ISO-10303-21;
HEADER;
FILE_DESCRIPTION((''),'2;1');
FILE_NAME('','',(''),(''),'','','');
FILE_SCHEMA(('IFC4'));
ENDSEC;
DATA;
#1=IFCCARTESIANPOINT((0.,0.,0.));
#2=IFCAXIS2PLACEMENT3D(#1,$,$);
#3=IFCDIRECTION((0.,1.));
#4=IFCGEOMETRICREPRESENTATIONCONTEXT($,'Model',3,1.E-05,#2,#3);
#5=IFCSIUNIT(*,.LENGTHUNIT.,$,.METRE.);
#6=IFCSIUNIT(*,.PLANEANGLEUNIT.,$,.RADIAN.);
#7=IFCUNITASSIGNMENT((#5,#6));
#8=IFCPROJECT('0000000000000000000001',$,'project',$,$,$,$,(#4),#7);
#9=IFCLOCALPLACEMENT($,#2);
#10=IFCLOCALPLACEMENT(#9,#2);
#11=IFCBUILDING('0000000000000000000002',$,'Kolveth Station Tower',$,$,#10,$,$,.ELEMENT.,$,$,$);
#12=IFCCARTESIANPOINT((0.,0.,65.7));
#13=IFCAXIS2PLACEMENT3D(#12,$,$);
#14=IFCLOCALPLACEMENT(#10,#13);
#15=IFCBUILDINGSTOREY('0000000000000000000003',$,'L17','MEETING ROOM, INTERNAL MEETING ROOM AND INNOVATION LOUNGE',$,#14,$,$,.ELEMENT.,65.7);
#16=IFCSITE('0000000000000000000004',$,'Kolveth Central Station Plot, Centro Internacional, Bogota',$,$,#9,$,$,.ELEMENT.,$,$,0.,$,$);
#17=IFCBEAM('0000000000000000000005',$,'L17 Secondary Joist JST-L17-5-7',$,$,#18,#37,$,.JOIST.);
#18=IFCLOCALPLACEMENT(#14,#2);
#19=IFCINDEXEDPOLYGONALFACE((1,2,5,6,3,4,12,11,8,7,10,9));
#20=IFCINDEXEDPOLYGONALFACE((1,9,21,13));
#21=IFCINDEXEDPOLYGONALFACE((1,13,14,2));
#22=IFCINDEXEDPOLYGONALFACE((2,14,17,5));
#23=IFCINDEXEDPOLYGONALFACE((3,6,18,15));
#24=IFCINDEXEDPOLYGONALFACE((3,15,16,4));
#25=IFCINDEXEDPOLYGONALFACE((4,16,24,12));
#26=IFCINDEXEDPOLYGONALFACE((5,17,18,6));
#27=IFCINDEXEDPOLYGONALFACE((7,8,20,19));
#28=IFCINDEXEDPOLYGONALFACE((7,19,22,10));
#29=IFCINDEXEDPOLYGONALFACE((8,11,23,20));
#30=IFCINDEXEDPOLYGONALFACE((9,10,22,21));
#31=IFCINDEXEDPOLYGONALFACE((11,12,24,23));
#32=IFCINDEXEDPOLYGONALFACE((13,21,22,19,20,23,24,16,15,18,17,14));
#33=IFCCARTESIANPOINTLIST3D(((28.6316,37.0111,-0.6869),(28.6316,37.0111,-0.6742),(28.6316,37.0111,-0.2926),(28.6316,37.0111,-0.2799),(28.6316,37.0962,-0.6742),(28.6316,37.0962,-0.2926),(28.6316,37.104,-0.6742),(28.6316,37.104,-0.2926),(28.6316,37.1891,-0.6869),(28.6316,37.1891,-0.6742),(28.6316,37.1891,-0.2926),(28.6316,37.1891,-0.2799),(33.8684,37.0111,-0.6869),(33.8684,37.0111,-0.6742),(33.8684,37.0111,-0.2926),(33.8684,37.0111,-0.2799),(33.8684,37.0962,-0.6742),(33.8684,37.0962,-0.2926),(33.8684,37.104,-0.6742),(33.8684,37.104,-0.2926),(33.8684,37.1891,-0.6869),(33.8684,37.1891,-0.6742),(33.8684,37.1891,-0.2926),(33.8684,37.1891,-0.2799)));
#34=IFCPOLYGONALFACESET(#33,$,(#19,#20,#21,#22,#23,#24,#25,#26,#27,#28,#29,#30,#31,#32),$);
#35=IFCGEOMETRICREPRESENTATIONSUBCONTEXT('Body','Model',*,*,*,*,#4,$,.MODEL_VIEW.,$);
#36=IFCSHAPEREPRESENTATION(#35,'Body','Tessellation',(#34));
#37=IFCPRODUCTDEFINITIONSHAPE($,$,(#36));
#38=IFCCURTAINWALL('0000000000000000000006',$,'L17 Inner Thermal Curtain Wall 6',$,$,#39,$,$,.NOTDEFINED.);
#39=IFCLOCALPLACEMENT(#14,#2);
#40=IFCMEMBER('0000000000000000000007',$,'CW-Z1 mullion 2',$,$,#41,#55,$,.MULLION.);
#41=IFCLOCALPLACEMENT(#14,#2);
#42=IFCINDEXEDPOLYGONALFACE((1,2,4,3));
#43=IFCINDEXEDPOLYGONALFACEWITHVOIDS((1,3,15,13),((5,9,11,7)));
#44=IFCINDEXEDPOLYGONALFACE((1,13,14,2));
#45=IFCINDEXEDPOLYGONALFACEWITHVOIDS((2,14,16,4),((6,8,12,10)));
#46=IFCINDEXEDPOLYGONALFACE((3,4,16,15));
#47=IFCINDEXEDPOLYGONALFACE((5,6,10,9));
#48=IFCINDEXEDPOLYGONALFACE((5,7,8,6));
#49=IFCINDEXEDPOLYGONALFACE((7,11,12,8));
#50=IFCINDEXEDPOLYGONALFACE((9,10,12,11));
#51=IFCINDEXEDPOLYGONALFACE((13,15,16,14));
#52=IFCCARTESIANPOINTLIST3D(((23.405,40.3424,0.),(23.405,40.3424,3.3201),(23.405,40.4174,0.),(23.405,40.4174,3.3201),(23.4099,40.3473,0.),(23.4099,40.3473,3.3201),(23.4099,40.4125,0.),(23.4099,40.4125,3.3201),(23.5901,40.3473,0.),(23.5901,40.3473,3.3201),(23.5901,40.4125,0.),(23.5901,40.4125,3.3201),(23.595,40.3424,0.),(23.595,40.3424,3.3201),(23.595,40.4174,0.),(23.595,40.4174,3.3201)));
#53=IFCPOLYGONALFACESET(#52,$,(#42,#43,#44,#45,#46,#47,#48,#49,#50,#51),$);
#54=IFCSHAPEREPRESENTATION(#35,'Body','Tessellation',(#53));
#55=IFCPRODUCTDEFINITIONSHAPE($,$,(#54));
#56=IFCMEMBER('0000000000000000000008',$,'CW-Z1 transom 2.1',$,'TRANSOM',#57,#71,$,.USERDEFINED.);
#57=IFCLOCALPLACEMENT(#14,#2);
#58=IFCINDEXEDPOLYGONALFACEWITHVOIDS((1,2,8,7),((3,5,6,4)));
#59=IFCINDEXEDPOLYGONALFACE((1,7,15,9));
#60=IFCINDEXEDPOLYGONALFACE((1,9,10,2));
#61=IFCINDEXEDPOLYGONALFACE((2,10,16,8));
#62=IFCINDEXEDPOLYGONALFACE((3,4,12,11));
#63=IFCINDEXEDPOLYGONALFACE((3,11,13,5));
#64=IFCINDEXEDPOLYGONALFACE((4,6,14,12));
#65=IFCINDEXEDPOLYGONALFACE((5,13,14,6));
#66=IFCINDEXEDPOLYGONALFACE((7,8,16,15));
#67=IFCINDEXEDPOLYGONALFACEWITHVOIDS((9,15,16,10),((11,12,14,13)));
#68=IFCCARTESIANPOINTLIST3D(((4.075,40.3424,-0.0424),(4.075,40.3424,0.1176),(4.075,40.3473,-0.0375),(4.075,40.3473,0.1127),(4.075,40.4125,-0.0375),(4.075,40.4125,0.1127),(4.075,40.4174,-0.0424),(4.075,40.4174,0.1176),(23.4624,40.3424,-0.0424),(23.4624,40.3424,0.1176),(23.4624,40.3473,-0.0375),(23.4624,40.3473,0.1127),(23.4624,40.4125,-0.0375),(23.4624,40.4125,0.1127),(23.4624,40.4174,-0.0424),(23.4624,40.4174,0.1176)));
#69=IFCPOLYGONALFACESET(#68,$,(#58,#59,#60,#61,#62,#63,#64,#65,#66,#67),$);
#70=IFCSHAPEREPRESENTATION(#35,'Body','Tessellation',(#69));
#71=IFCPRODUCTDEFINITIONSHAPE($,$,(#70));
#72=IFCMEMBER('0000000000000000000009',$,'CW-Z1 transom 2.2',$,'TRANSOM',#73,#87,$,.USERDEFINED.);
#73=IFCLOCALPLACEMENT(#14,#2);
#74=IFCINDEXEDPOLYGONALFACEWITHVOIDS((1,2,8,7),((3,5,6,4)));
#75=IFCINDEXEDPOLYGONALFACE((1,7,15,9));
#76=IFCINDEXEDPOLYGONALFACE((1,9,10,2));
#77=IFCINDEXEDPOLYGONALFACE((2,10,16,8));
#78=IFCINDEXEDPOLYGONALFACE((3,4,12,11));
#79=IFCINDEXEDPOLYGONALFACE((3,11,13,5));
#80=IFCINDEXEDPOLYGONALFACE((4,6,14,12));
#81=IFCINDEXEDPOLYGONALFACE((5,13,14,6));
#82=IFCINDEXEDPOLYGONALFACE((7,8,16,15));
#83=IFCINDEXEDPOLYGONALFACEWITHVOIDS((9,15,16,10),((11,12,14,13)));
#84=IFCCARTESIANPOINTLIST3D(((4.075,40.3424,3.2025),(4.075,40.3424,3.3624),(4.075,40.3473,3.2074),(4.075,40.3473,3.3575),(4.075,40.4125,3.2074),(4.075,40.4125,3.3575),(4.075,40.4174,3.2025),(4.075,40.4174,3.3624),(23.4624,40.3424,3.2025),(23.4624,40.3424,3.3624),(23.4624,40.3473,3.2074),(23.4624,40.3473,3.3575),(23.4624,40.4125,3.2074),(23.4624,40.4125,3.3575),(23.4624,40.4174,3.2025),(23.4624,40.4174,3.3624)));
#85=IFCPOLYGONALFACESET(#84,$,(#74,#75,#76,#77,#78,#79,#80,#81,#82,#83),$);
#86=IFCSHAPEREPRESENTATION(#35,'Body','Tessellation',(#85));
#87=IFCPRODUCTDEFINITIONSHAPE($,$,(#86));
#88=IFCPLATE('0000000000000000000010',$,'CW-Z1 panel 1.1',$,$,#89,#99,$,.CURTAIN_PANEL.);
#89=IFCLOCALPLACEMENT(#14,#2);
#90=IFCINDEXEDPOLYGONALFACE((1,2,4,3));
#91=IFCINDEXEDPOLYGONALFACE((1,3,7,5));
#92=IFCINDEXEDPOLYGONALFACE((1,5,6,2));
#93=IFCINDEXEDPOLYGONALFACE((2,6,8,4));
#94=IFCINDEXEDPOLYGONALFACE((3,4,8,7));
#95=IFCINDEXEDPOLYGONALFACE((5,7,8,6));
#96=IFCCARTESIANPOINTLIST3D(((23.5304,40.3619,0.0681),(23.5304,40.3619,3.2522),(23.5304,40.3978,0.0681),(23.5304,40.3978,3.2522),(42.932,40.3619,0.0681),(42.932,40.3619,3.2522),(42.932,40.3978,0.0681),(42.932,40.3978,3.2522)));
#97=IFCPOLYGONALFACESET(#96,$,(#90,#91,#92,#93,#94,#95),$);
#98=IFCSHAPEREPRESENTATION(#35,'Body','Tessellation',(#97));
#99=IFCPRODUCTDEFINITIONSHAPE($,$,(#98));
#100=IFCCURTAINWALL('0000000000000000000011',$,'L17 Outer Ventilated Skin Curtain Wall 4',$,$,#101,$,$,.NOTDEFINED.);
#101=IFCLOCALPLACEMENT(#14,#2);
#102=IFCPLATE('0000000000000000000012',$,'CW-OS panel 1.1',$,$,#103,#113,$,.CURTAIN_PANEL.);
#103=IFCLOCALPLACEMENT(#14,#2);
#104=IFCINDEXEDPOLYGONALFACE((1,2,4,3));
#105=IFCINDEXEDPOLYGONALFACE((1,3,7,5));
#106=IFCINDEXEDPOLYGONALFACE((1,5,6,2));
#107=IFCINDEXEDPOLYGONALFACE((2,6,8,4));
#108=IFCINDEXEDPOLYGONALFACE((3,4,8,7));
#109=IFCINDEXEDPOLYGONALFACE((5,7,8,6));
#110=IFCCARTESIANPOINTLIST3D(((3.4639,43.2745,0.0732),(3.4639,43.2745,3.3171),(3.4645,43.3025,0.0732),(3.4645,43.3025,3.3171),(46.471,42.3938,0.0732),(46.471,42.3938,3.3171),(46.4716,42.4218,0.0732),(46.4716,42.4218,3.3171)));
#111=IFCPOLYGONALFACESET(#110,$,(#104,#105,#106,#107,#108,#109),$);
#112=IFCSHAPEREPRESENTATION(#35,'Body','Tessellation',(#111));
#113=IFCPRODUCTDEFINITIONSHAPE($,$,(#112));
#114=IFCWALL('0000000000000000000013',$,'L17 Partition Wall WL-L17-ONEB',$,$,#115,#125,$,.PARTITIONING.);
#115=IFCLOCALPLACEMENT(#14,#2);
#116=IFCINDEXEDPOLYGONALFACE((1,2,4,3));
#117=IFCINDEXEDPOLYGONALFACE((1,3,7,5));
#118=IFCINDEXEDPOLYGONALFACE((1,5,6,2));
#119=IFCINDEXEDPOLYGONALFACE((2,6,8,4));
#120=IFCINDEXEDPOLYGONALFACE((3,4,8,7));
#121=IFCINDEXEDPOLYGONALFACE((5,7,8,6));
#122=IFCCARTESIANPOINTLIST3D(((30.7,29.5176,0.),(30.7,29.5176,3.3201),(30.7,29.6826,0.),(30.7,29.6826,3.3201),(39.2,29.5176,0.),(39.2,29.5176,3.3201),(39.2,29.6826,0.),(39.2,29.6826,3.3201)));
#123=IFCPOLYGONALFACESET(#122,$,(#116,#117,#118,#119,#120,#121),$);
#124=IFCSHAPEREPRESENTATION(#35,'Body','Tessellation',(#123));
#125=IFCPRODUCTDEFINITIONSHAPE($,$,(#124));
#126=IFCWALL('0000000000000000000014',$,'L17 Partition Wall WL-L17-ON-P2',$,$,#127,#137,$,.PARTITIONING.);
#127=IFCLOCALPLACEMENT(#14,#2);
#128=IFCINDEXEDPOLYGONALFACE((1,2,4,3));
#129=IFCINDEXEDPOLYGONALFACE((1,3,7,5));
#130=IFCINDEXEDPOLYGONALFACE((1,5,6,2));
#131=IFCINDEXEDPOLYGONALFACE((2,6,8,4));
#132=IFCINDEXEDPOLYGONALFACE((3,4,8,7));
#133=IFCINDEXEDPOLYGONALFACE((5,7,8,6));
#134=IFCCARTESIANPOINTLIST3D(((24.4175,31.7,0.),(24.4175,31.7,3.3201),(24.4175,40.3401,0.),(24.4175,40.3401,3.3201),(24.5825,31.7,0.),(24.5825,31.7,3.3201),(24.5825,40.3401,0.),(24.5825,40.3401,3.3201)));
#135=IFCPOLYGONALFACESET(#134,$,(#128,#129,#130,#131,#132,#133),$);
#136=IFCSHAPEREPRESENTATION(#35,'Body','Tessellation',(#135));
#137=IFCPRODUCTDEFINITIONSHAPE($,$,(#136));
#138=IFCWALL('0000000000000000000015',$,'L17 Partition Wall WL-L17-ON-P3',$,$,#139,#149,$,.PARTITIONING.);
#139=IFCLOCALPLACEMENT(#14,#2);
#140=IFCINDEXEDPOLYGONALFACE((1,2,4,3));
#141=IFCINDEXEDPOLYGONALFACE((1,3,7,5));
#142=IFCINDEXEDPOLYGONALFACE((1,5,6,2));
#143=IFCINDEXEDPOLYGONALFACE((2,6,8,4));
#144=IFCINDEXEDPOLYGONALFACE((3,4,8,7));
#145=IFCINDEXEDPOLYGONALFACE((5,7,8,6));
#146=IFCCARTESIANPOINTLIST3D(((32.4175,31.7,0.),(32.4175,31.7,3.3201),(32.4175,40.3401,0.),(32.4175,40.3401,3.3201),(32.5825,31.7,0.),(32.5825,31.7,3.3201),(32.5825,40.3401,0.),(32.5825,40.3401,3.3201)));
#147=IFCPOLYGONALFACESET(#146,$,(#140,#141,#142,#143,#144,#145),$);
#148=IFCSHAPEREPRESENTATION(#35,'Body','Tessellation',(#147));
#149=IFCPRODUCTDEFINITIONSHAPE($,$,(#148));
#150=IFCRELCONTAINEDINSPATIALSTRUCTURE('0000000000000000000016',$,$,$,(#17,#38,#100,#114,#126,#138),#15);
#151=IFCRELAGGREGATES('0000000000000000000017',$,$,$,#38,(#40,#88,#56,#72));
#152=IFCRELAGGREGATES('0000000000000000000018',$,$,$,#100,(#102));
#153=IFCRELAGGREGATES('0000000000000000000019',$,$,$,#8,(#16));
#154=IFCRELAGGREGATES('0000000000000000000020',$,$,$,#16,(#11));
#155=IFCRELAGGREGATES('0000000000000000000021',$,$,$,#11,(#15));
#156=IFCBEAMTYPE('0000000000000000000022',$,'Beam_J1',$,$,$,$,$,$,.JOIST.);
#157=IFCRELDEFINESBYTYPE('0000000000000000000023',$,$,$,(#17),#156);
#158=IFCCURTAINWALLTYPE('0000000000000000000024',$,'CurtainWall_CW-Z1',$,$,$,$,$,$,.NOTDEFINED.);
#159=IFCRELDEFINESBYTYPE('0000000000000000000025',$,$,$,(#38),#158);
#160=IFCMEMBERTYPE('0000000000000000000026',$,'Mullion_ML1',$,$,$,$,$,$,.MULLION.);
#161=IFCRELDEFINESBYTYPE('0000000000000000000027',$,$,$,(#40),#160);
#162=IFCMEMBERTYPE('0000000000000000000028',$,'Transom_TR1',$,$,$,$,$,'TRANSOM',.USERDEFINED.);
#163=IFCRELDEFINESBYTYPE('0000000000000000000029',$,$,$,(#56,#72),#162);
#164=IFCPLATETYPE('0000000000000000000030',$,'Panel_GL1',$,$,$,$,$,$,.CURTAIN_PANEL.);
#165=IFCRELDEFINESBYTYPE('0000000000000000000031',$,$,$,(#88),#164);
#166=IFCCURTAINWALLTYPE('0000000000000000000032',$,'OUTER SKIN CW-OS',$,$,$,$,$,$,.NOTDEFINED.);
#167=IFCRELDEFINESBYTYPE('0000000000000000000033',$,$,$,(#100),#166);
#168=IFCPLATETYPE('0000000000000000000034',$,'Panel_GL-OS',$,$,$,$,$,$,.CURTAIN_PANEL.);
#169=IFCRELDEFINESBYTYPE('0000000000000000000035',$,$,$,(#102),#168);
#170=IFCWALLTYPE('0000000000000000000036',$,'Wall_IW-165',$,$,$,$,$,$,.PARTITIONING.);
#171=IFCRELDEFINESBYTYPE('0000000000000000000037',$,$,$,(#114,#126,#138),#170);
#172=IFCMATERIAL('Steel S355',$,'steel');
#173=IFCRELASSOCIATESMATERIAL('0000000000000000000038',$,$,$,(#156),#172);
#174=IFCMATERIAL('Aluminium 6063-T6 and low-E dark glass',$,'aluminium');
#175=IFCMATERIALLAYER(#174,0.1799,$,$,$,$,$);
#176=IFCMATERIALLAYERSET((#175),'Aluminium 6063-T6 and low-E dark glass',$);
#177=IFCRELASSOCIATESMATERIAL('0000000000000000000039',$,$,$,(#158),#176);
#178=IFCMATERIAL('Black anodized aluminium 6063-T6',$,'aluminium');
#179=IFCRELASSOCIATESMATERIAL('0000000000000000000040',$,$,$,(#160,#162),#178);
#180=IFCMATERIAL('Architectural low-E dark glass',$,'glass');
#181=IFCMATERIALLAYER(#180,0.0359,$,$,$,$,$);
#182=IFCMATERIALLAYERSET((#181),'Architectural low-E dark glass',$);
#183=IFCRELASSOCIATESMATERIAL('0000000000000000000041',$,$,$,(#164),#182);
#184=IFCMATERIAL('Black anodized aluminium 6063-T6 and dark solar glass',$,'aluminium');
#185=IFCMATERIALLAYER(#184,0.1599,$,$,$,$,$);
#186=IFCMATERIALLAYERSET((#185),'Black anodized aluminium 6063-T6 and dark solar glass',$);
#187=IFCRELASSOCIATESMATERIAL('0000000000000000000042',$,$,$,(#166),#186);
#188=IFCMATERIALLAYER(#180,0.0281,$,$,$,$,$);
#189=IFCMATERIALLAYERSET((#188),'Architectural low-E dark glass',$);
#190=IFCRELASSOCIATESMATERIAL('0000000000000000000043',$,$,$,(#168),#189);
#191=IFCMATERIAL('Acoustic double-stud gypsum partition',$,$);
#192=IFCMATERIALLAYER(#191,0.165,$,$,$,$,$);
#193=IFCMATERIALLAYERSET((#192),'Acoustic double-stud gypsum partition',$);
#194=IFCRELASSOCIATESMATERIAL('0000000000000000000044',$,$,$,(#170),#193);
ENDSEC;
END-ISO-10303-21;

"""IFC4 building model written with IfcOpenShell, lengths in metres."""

from ifc_helpers import new_model, si_unit, direction, frame, frame_2d, origin, origin_2d, place, context, subcontext, project, spatial, rectangle, hollow_rectangle, i_section, extrude, source, transform, mapped, material, layer, layer_set, material_profile, profile_set, type_object, element, aggregate, save


model = new_model("IFC4")

# Units and contexts
model_context = context("Model", 3, precision=1e-05, world=origin(), true_north=direction((0.0, 1.0)))
body_context = subcontext(model_context, "Body", "Model", "MODEL_VIEW")
ifc_project = project(units=[si_unit("LENGTHUNIT", "METRE"), si_unit("PLANEANGLEUNIT", "RADIAN")], contexts=[model_context])

# Site, building, storey
site_placement = place(None, origin())
site = spatial("IfcSite", under=ifc_project, at=site_placement, Name="Kolveth Central Station Plot, Centro Internacional, Bogota", CompositionType="ELEMENT", RefElevation=0.0)
building_placement = place(site_placement, origin())
building = spatial("IfcBuilding", under=site, at=building_placement, Name="Kolveth Station Tower", CompositionType="ELEMENT")
storey_placement = place(building_placement, frame((0.0, 0.0, 65.7)))
storey = spatial("IfcBuildingStorey", under=building, at=storey_placement, Name="L17", Description="MEETING ROOM, INTERNAL MEETING ROOM AND INNOVATION LOUNGE", CompositionType="ELEMENT", Elevation=65.7)

# Shared definitions
ifc_material_1 = material(Name="Steel S355", Category="steel")

# Beam
ifc_material_profile_1 = material_profile(ifc_material_1, i_section(OverallWidth=0.178, OverallDepth=0.407, WebThickness=0.0078, FlangeThickness=0.0127, at=origin_2d()), Name="W410x60")
ifc_profile_set_1 = profile_set([ifc_material_profile_1], Name="Steel S355")
beam_type_1 = type_object("IfcBeamType", Name="Beam_J1", PredefinedType="JOIST", material=ifc_profile_set_1)
shared_shape_1 = source(origin(), body_context, "Body", "SweptSolid", [
    extrude(i_section(OverallWidth=0.178, OverallDepth=0.407, WebThickness=0.0078, FlangeThickness=0.0127, at=origin_2d()), origin(), (0.0, 0.0, 1.0), 5.2368),
])
for number, where, z_axis, x_axis, name in (
    (1, (28.6316, 37.1001, -0.4834), (1.0, 0.0, 0.0), (0.0, 1.0, 0.0), "L17 Secondary Joist JST-L17-5-7"),
):
    element("IfcBeam", number, at=place(storey_placement, frame(where, z_axis=z_axis, x_axis=x_axis)), inside=storey, type_object=beam_type_1, Name=name, PredefinedType="JOIST", context=body_context, shape_type="MappedRepresentation", body=[
        mapped(shared_shape_1, transform((0.0, 0.0, 0.0), x_axis=(1.0, 0.0, 0.0), y_axis=(0.0, 1.0, 0.0), z_axis=(0.0, 0.0, 1.0), scale=1.0)),
    ])

# Curtain wall, members, plate
ifc_material_2 = material(Name="Aluminium 6063-T6 and low-E dark glass", Category="aluminium")
ifc_layer_1 = layer(ifc_material_2, 0.1799)
ifc_layer_set_1 = layer_set([ifc_layer_1], Name="Aluminium 6063-T6 and low-E dark glass")
curtain_wall_type_1 = type_object("IfcCurtainWallType", Name="CurtainWall_CW-Z1", PredefinedType="NOTDEFINED", material=ifc_layer_set_1)
curtain_wall_1_placement = place(storey_placement, origin())
curtain_wall_1 = element("IfcCurtainWall", 2, at=curtain_wall_1_placement, inside=storey, type_object=curtain_wall_type_1, Name="L17 Inner Thermal Curtain Wall 6", PredefinedType="NOTDEFINED")
ifc_material_3 = material(Name="Black anodized aluminium 6063-T6", Category="aluminium")
ifc_material_profile_2 = material_profile(ifc_material_3, hollow_rectangle(XDim=0.075, YDim=0.1899, WallThickness=0.0049, at=origin_2d()), Name="ALU-75x190x5")
ifc_profile_set_2 = profile_set([ifc_material_profile_2], Name="Black anodized aluminium 6063-T6")
member_type_1 = type_object("IfcMemberType", Name="Mullion_ML1", PredefinedType="MULLION", material=ifc_profile_set_2)
shared_shape_2 = source(origin(), body_context, "Body", "SweptSolid", [
    extrude(hollow_rectangle(XDim=0.075, YDim=0.1899, WallThickness=0.0049, at=origin_2d()), origin(), (0.0, 0.0, 1.0), 3.3201),
])
member_1_placement = place(storey_placement, frame((23.5, 40.3799, 0.0), z_axis=(0.0, 0.0, 1.0), x_axis=(0.0, -1.0, 0.0)))
member_1 = element("IfcMember", 3, at=member_1_placement, type_object=member_type_1, Name="CW-Z1 mullion 2", PredefinedType="MULLION", context=body_context, shape_type="MappedRepresentation", body=[
    mapped(shared_shape_2, transform((0.0, 0.0, 0.0), x_axis=(1.0, 0.0, 0.0), y_axis=(0.0, 1.0, 0.0), z_axis=(0.0, 0.0, 1.0), scale=1.0)),
])
ifc_material_profile_3 = material_profile(ifc_material_3, hollow_rectangle(XDim=0.075, YDim=0.1599, WallThickness=0.0049, at=origin_2d()), Name="ALU-75x160x5")
ifc_profile_set_3 = profile_set([ifc_material_profile_3], Name="Black anodized aluminium 6063-T6")
member_type_2 = type_object("IfcMemberType", Name="Transom_TR1", ElementType="TRANSOM", PredefinedType="USERDEFINED", material=ifc_profile_set_3)
shared_shape_3 = source(origin(), body_context, "Body", "SweptSolid", [
    extrude(hollow_rectangle(XDim=0.075, YDim=0.1599, WallThickness=0.0049, at=origin_2d()), origin(), (0.0, 0.0, 1.0), 19.3875),
])
member_2_placement = place(storey_placement, frame((23.4624, 40.3799, 0.0376), z_axis=(-1.0, 0.0, 0.0), x_axis=(0.0, -1.0, 0.0)))
member_2 = element("IfcMember", 4, at=member_2_placement, type_object=member_type_2, Name="CW-Z1 transom 2.1", ObjectType="TRANSOM", PredefinedType="USERDEFINED", context=body_context, shape_type="MappedRepresentation", body=[
    mapped(shared_shape_3, transform((0.0, 0.0, 0.0), x_axis=(1.0, 0.0, 0.0), y_axis=(0.0, 1.0, 0.0), z_axis=(0.0, 0.0, 1.0), scale=1.0)),
])
member_3_placement = place(storey_placement, frame((23.4624, 40.3799, 3.2825), z_axis=(-1.0, 0.0, 0.0), x_axis=(0.0, -1.0, 0.0)))
member_3 = element("IfcMember", 5, at=member_3_placement, type_object=member_type_2, Name="CW-Z1 transom 2.2", ObjectType="TRANSOM", PredefinedType="USERDEFINED", context=body_context, shape_type="MappedRepresentation", body=[
    mapped(shared_shape_3, transform((0.0, 0.0, 0.0), x_axis=(1.0, 0.0, 0.0), y_axis=(0.0, 1.0, 0.0), z_axis=(0.0, 0.0, 1.0), scale=1.0)),
])
ifc_material_4 = material(Name="Architectural low-E dark glass", Category="glass")
ifc_layer_2 = layer(ifc_material_4, 0.0359)
ifc_layer_set_2 = layer_set([ifc_layer_2], Name="Architectural low-E dark glass")
plate_type_1 = type_object("IfcPlateType", Name="Panel_GL1", PredefinedType="CURTAIN_PANEL", material=ifc_layer_set_2)
shared_shape_4 = source(origin(), body_context, "Body", "SweptSolid", [
    extrude(rectangle(XDim=19.4016, YDim=0.0359, at=origin_2d()), origin(), (0.0, 0.0, 1.0), 3.1841),
])
plate_1_placement = place(storey_placement, frame((33.2312, 40.3799, 0.0681), z_axis=(0.0, 0.0, 1.0), x_axis=(-1.0, 0.0, 0.0)))
plate_1 = element("IfcPlate", 6, at=plate_1_placement, type_object=plate_type_1, Name="CW-Z1 panel 1.1", PredefinedType="CURTAIN_PANEL", context=body_context, shape_type="MappedRepresentation", body=[
    mapped(shared_shape_4, transform((0.0, 0.0, 0.0), x_axis=(1.0, 0.0, 0.0), y_axis=(0.0, 1.0, 0.0), z_axis=(0.0, 0.0, 1.0), scale=1.0)),
])
aggregate(curtain_wall_1, [member_1, plate_1, member_2, member_3])

# Curtain wall, plate
ifc_material_5 = material(Name="Black anodized aluminium 6063-T6 and dark solar glass", Category="aluminium")
ifc_layer_3 = layer(ifc_material_5, 0.1599)
ifc_layer_set_3 = layer_set([ifc_layer_3], Name="Black anodized aluminium 6063-T6 and dark solar glass")
curtain_wall_type_2 = type_object("IfcCurtainWallType", Name="OUTER SKIN CW-OS", PredefinedType="NOTDEFINED", material=ifc_layer_set_3)
curtain_wall_2_placement = place(storey_placement, origin())
curtain_wall_2 = element("IfcCurtainWall", 7, at=curtain_wall_2_placement, inside=storey, type_object=curtain_wall_type_2, Name="L17 Outer Ventilated Skin Curtain Wall 4", PredefinedType="NOTDEFINED")
ifc_layer_4 = layer(ifc_material_4, 0.0281)
ifc_layer_set_4 = layer_set([ifc_layer_4], Name="Architectural low-E dark glass")
plate_type_2 = type_object("IfcPlateType", Name="Panel_GL-OS", PredefinedType="CURTAIN_PANEL", material=ifc_layer_set_4)
shared_shape_5 = source(origin(), body_context, "Body", "SweptSolid", [
    extrude(rectangle(XDim=43.0161, YDim=0.0281, at=origin_2d()), origin(), (0.0, 0.0, 1.0), 3.2439),
])
plate_2_placement = place(storey_placement, frame((24.9678, 42.8481, 0.0732), z_axis=(0.0, 0.0, 1.0), x_axis=(-0.99979, 0.020474, 0.0)))
plate_2 = element("IfcPlate", 8, at=plate_2_placement, type_object=plate_type_2, Name="CW-OS panel 1.1", PredefinedType="CURTAIN_PANEL", context=body_context, shape_type="MappedRepresentation", body=[
    mapped(shared_shape_5, transform((0.0, 0.0, 0.0), x_axis=(1.0, 0.0, 0.0), y_axis=(0.0, 1.0, 0.0), z_axis=(0.0, 0.0, 1.0), scale=1.0)),
])
aggregate(curtain_wall_2, [plate_2])

# Walls
ifc_material_6 = material(Name="Acoustic double-stud gypsum partition")
ifc_layer_5 = layer(ifc_material_6, 0.165)
ifc_layer_set_5 = layer_set([ifc_layer_5], Name="Acoustic double-stud gypsum partition")
wall_type = type_object("IfcWallType", Name="Wall_IW-165", PredefinedType="PARTITIONING", material=ifc_layer_set_5)
wall_placement = place(storey_placement, frame((30.7, 29.6001, 0.0), z_axis=(0.0, 0.0, 1.0), x_axis=(1.0, 0.0, 0.0)))
element("IfcWall", 9, at=wall_placement, inside=storey, type_object=wall_type, Name="L17 Partition Wall WL-L17-ONEB", PredefinedType="PARTITIONING", context=body_context, shape_type="SweptSolid", body=[
    extrude(rectangle(XDim=8.5, YDim=0.165, at=frame_2d((4.25, 0.0))), origin(), (0.0, 0.0, 1.0), 3.3201),
])
for number, where, z_axis, x_axis, name in (
    (10, (24.5, 31.7, 0.0), (0.0, 0.0, 1.0), (0.0, 1.0, 0.0), "L17 Partition Wall WL-L17-ON-P2"),
    (11, (32.5, 31.7, 0.0), (0.0, 0.0, 1.0), (0.0, 1.0, 0.0), "L17 Partition Wall WL-L17-ON-P3"),
):
    element("IfcWall", number, at=place(storey_placement, frame(where, z_axis=z_axis, x_axis=x_axis)), inside=storey, type_object=wall_type, Name=name, PredefinedType="PARTITIONING", context=body_context, shape_type="SweptSolid", body=[
        extrude(rectangle(XDim=8.6401, YDim=0.165, at=frame_2d((4.3201, 0.0))), origin(), (0.0, 0.0, 1.0), 3.3201),
    ])

save(model, "model.ifc")
